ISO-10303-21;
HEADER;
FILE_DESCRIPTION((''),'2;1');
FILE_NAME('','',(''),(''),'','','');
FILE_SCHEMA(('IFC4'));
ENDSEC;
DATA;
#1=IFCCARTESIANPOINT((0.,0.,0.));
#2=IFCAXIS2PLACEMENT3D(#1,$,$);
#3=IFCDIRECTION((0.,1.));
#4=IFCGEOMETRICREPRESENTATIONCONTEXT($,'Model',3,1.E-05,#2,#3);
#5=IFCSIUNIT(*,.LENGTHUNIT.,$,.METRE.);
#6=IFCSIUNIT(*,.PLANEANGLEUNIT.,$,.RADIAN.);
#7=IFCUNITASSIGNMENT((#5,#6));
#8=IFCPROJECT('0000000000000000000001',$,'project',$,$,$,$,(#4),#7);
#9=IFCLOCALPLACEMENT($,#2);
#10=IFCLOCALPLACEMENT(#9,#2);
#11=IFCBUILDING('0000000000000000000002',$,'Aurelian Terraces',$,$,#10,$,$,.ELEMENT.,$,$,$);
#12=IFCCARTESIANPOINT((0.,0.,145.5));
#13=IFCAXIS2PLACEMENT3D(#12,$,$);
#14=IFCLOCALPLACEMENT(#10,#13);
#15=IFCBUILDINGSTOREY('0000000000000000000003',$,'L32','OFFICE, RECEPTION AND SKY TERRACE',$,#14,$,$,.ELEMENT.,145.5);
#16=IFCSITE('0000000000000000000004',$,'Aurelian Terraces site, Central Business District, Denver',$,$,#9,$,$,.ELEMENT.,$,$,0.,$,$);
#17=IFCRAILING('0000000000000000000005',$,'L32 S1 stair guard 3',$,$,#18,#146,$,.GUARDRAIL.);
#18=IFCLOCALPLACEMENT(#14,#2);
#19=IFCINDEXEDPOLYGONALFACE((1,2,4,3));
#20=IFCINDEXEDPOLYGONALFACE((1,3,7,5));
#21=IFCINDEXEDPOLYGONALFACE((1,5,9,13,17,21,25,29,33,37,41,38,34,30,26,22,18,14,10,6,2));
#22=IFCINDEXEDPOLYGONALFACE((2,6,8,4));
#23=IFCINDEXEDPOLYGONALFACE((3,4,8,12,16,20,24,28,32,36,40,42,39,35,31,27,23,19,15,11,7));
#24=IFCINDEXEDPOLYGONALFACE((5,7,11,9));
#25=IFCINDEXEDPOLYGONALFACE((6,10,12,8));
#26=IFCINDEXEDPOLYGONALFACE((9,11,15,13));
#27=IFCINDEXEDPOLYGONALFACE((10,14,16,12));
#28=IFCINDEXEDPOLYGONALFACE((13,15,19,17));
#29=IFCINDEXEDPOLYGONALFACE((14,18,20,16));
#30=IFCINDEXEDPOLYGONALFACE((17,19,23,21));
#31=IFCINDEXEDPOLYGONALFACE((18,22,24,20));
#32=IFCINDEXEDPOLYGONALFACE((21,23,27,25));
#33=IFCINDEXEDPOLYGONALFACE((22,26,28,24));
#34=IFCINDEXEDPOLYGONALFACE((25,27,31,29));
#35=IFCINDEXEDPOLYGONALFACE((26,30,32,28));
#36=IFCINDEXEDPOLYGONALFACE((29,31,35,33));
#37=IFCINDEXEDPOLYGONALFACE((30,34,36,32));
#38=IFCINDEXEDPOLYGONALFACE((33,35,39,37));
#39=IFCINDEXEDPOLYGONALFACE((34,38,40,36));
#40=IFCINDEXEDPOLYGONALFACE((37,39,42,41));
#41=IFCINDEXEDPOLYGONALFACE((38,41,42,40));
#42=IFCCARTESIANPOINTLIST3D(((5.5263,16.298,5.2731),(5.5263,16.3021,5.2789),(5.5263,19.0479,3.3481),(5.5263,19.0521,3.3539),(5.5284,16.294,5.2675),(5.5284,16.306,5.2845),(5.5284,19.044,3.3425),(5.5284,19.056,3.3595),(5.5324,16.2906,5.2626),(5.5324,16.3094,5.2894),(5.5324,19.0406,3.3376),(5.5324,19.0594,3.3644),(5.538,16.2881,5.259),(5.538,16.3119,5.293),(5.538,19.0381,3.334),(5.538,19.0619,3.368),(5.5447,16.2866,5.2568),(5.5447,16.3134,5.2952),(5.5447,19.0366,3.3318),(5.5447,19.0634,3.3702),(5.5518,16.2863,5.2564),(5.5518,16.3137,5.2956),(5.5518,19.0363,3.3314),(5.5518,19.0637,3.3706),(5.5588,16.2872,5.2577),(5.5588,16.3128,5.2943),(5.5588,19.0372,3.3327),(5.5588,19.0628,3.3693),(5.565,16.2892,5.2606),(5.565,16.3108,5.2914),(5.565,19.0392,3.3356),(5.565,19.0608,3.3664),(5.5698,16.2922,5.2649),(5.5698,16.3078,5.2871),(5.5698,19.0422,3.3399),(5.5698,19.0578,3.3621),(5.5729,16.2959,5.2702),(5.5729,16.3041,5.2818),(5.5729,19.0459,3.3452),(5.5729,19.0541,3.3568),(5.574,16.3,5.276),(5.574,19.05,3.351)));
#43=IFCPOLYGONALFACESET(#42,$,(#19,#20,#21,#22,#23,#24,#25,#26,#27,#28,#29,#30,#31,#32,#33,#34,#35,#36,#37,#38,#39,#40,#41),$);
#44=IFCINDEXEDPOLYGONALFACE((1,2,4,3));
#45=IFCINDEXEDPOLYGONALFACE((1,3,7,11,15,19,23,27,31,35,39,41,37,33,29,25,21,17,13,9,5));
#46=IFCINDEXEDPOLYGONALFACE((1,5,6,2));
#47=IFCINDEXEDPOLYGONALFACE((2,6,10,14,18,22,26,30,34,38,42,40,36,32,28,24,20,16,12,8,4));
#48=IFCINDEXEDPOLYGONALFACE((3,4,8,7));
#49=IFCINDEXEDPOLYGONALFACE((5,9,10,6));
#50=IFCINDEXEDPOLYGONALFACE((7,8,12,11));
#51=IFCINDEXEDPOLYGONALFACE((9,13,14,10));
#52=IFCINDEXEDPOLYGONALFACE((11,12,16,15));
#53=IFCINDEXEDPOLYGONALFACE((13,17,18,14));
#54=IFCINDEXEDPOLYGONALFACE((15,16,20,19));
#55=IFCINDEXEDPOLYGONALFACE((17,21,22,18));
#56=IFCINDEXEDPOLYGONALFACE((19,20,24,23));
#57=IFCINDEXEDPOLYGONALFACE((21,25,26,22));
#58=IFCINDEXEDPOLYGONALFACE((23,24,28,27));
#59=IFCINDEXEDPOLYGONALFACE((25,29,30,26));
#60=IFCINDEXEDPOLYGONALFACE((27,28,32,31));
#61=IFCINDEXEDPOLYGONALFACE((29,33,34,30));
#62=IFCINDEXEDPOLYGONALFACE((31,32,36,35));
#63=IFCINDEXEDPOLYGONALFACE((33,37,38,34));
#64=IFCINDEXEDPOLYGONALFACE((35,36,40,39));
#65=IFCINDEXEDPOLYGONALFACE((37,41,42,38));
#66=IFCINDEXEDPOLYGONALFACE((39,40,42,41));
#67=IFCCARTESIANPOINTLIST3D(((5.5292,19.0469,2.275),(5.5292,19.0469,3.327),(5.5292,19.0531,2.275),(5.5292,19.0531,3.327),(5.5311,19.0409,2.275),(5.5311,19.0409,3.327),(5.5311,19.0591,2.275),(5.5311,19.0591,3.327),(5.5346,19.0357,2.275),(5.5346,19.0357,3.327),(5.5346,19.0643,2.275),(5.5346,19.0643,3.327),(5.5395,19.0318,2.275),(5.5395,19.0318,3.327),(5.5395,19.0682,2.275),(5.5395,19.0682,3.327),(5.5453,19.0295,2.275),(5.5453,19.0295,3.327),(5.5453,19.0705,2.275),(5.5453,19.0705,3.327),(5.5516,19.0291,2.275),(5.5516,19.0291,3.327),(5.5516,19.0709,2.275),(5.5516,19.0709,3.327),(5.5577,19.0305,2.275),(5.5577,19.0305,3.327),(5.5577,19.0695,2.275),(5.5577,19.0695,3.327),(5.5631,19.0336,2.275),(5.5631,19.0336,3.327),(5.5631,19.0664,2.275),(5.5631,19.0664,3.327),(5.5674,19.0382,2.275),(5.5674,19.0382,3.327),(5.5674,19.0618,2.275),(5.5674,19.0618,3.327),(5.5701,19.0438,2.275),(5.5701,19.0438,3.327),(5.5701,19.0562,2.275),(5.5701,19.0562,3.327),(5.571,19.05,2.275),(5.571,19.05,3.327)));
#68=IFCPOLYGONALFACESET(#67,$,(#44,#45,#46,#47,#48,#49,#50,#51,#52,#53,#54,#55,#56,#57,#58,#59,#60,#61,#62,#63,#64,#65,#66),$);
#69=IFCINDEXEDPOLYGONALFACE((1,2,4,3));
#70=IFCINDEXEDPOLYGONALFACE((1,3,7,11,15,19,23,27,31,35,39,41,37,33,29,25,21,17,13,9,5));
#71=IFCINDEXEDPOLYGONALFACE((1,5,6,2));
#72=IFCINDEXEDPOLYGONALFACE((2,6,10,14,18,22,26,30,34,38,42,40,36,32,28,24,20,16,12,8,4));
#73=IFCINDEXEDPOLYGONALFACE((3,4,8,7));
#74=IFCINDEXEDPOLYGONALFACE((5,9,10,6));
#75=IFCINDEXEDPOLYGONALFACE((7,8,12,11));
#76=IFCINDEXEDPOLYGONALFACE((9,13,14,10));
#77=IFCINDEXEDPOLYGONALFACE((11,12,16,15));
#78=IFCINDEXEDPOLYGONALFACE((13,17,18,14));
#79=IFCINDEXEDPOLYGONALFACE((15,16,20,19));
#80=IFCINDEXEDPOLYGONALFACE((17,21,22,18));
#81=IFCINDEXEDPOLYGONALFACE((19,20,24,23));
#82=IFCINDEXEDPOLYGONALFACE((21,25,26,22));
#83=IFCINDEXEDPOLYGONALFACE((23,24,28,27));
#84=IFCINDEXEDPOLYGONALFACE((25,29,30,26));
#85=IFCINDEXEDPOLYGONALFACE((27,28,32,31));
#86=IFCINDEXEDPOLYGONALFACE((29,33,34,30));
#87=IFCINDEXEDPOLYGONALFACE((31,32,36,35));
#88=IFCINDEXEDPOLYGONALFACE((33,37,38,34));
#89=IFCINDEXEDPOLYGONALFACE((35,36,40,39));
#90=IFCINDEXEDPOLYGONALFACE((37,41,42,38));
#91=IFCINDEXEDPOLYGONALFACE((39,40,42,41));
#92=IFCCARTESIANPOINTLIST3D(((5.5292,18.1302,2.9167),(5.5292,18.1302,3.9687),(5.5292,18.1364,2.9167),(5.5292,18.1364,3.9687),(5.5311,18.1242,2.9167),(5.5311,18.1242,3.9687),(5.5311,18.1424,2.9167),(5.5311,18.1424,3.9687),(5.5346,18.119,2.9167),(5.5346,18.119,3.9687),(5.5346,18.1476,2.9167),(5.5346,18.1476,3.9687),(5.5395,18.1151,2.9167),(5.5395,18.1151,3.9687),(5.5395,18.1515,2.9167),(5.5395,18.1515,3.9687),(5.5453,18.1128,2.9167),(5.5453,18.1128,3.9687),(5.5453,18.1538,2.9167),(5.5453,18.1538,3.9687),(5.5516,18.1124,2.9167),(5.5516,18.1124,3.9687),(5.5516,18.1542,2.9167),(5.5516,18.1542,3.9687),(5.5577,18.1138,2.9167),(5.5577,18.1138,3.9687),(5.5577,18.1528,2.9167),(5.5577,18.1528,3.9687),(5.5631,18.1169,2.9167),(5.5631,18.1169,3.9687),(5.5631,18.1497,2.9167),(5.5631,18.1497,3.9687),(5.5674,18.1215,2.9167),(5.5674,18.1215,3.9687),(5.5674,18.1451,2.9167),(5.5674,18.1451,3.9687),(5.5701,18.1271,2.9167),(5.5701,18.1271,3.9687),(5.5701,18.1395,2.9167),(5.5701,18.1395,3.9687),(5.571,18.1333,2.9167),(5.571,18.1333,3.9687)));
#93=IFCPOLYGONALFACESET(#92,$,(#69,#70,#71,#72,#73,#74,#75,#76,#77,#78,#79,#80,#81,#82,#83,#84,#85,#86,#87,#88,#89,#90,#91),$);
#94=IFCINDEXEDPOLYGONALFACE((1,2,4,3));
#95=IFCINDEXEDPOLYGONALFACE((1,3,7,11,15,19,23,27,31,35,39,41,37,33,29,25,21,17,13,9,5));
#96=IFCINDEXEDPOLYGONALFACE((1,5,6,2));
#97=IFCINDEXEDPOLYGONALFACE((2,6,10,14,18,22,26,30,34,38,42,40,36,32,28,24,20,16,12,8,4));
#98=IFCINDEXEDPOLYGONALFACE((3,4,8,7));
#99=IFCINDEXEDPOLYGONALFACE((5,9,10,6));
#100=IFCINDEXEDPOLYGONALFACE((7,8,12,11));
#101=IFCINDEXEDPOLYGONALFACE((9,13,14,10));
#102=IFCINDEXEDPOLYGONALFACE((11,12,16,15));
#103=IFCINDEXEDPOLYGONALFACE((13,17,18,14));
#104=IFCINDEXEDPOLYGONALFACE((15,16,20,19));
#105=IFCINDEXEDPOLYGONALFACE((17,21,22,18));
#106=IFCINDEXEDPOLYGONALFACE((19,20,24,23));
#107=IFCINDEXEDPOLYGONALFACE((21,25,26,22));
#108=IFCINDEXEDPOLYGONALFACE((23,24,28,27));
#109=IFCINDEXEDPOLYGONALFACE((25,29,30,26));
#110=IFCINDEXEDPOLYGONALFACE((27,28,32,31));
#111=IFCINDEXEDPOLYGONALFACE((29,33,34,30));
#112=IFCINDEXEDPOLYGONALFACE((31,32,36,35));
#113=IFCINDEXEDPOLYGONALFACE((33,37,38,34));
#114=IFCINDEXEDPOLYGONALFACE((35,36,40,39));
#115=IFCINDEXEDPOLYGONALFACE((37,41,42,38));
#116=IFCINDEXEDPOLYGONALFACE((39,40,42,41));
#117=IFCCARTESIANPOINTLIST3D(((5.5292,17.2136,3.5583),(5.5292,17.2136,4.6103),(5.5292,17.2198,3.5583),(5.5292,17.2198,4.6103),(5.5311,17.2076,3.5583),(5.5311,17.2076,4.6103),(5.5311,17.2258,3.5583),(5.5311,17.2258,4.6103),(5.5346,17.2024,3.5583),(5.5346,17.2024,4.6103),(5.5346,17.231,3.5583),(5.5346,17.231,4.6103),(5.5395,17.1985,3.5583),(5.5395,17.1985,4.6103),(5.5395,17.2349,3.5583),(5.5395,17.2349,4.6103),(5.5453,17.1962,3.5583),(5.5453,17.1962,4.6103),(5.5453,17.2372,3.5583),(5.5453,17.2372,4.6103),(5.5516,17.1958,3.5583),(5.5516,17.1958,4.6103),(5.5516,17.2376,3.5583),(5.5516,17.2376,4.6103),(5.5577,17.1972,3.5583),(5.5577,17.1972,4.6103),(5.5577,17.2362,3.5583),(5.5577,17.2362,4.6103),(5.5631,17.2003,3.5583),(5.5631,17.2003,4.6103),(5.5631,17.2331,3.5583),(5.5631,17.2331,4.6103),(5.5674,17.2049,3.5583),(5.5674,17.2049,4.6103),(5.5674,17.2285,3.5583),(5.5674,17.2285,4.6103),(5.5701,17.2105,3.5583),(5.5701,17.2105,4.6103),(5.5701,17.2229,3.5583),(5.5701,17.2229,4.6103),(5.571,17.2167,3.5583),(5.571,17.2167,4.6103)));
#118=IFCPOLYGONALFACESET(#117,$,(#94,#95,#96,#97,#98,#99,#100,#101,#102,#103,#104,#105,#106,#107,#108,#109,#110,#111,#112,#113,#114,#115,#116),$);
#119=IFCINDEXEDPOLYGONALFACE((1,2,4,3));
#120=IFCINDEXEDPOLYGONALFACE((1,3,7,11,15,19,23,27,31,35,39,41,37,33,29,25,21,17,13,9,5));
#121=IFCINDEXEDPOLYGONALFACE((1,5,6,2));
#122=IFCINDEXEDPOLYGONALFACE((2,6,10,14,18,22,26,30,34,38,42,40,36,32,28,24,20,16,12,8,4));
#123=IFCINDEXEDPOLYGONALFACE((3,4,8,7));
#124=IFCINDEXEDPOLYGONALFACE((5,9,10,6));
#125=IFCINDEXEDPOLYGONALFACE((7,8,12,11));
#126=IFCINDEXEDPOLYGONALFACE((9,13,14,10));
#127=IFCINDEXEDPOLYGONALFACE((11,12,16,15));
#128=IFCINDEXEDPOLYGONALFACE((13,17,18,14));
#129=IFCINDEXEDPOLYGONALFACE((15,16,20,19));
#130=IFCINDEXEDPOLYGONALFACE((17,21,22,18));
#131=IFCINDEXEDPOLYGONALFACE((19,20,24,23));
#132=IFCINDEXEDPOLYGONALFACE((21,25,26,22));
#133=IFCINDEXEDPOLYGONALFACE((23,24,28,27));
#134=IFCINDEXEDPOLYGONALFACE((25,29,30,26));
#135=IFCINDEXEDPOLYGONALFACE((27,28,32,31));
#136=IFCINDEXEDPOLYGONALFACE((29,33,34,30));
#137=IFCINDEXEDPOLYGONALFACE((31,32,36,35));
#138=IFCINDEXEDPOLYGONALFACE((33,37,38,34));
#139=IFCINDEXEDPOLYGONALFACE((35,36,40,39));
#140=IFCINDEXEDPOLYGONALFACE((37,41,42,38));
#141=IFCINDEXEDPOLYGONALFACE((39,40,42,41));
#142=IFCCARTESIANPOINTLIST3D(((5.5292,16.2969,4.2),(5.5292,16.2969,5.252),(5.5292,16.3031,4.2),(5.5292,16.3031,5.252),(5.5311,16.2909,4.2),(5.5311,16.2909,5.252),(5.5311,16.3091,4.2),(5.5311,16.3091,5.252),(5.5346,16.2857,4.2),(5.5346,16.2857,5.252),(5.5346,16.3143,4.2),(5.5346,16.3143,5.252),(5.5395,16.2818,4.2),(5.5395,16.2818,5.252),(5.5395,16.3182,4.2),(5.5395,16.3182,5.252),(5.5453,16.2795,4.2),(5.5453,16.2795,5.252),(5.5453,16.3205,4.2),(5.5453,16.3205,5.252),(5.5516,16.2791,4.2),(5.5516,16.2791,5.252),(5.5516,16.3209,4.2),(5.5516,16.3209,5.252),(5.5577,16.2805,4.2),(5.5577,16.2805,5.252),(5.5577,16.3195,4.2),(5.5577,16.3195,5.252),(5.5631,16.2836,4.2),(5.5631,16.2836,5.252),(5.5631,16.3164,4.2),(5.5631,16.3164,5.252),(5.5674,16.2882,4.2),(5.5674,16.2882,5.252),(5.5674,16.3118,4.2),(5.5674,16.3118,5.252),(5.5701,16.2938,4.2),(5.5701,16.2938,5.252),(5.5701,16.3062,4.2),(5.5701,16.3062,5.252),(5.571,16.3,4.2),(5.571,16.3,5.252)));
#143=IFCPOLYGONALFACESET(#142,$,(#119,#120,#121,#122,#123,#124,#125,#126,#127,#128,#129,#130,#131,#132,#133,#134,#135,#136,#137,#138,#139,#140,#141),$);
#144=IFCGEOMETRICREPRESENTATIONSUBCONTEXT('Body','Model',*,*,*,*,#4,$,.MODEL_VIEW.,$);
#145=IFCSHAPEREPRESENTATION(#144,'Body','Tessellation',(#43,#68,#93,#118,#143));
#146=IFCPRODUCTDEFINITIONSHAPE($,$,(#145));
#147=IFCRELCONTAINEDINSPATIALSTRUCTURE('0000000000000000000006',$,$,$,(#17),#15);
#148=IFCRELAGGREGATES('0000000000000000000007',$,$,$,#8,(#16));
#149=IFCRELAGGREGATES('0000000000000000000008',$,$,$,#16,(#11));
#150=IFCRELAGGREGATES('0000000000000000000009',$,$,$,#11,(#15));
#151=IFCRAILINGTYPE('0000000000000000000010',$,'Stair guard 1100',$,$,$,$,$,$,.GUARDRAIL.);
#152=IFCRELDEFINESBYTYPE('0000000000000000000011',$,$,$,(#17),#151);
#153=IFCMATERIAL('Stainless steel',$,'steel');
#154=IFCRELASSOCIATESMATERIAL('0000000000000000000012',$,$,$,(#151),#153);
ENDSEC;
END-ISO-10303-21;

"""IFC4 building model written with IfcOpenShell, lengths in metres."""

from ifc_helpers import new_model, si_unit, direction, frame, origin, origin_2d, place, context, subcontext, project, spatial, circle, extrude, source, transform, mapped, material, type_object, element, save


model = new_model("IFC4")

# Units and contexts
model_context = context("Model", 3, precision=1e-05, world=origin(), true_north=direction((0.0, 1.0)))
body_context = subcontext(model_context, "Body", "Model", "MODEL_VIEW")
ifc_project = project(units=[si_unit("LENGTHUNIT", "METRE"), si_unit("PLANEANGLEUNIT", "RADIAN")], contexts=[model_context])

# Site, building, storey
site_placement = place(None, origin())
site = spatial("IfcSite", under=ifc_project, at=site_placement, Name="Aurelian Terraces site, Central Business District, Denver", CompositionType="ELEMENT", RefElevation=0.0)
building_placement = place(site_placement, origin())
building = spatial("IfcBuilding", under=site, at=building_placement, Name="Aurelian Terraces", CompositionType="ELEMENT")
storey_placement = place(building_placement, frame((0.0, 0.0, 145.5)))
storey = spatial("IfcBuildingStorey", under=building, at=storey_placement, Name="L32", Description="OFFICE, RECEPTION AND SKY TERRACE", CompositionType="ELEMENT", Elevation=145.5)

# Shared definitions
ifc_material_1 = material(Name="Stainless steel", Category="steel")

# Railing
railing_type_1 = type_object("IfcRailingType", Name="Stair guard 1100", PredefinedType="GUARDRAIL", material=ifc_material_1)
shared_shape_1 = source(origin(), body_context, "Body", "SweptSolid", [
    extrude(circle(Radius=0.024, at=origin_2d()), frame((0.0, 0.0, 1.076), z_axis=(0.0, -0.819232, 0.573462), x_axis=(1.0, 0.0, 0.0)), (0.0, 0.0, 1.0), 3.3568),
    extrude(circle(Radius=0.021, at=origin_2d()), origin(), (0.0, 0.0, 1.0), 1.052),
    extrude(circle(Radius=0.021, at=origin_2d()), frame((0.0, -0.9167, 0.6417)), (0.0, 0.0, 1.0), 1.052),
    extrude(circle(Radius=0.021, at=origin_2d()), frame((0.0, -1.8333, 1.2833)), (0.0, 0.0, 1.0), 1.052),
    extrude(circle(Radius=0.021, at=origin_2d()), frame((0.0, -2.75, 1.925)), (0.0, 0.0, 1.0), 1.052),
])
railing_1_placement = place(storey_placement, frame((5.55, 19.05, 2.275)))
element("IfcRailing", 1, at=railing_1_placement, inside=storey, type_object=railing_type_1, Name="L32 S1 stair guard 3", PredefinedType="GUARDRAIL", context=body_context, shape_type="MappedRepresentation", body=[
    mapped(shared_shape_1, transform((0.0, 0.0, 0.0), scale=1.0)),
])

save(model, "model.ifc")
